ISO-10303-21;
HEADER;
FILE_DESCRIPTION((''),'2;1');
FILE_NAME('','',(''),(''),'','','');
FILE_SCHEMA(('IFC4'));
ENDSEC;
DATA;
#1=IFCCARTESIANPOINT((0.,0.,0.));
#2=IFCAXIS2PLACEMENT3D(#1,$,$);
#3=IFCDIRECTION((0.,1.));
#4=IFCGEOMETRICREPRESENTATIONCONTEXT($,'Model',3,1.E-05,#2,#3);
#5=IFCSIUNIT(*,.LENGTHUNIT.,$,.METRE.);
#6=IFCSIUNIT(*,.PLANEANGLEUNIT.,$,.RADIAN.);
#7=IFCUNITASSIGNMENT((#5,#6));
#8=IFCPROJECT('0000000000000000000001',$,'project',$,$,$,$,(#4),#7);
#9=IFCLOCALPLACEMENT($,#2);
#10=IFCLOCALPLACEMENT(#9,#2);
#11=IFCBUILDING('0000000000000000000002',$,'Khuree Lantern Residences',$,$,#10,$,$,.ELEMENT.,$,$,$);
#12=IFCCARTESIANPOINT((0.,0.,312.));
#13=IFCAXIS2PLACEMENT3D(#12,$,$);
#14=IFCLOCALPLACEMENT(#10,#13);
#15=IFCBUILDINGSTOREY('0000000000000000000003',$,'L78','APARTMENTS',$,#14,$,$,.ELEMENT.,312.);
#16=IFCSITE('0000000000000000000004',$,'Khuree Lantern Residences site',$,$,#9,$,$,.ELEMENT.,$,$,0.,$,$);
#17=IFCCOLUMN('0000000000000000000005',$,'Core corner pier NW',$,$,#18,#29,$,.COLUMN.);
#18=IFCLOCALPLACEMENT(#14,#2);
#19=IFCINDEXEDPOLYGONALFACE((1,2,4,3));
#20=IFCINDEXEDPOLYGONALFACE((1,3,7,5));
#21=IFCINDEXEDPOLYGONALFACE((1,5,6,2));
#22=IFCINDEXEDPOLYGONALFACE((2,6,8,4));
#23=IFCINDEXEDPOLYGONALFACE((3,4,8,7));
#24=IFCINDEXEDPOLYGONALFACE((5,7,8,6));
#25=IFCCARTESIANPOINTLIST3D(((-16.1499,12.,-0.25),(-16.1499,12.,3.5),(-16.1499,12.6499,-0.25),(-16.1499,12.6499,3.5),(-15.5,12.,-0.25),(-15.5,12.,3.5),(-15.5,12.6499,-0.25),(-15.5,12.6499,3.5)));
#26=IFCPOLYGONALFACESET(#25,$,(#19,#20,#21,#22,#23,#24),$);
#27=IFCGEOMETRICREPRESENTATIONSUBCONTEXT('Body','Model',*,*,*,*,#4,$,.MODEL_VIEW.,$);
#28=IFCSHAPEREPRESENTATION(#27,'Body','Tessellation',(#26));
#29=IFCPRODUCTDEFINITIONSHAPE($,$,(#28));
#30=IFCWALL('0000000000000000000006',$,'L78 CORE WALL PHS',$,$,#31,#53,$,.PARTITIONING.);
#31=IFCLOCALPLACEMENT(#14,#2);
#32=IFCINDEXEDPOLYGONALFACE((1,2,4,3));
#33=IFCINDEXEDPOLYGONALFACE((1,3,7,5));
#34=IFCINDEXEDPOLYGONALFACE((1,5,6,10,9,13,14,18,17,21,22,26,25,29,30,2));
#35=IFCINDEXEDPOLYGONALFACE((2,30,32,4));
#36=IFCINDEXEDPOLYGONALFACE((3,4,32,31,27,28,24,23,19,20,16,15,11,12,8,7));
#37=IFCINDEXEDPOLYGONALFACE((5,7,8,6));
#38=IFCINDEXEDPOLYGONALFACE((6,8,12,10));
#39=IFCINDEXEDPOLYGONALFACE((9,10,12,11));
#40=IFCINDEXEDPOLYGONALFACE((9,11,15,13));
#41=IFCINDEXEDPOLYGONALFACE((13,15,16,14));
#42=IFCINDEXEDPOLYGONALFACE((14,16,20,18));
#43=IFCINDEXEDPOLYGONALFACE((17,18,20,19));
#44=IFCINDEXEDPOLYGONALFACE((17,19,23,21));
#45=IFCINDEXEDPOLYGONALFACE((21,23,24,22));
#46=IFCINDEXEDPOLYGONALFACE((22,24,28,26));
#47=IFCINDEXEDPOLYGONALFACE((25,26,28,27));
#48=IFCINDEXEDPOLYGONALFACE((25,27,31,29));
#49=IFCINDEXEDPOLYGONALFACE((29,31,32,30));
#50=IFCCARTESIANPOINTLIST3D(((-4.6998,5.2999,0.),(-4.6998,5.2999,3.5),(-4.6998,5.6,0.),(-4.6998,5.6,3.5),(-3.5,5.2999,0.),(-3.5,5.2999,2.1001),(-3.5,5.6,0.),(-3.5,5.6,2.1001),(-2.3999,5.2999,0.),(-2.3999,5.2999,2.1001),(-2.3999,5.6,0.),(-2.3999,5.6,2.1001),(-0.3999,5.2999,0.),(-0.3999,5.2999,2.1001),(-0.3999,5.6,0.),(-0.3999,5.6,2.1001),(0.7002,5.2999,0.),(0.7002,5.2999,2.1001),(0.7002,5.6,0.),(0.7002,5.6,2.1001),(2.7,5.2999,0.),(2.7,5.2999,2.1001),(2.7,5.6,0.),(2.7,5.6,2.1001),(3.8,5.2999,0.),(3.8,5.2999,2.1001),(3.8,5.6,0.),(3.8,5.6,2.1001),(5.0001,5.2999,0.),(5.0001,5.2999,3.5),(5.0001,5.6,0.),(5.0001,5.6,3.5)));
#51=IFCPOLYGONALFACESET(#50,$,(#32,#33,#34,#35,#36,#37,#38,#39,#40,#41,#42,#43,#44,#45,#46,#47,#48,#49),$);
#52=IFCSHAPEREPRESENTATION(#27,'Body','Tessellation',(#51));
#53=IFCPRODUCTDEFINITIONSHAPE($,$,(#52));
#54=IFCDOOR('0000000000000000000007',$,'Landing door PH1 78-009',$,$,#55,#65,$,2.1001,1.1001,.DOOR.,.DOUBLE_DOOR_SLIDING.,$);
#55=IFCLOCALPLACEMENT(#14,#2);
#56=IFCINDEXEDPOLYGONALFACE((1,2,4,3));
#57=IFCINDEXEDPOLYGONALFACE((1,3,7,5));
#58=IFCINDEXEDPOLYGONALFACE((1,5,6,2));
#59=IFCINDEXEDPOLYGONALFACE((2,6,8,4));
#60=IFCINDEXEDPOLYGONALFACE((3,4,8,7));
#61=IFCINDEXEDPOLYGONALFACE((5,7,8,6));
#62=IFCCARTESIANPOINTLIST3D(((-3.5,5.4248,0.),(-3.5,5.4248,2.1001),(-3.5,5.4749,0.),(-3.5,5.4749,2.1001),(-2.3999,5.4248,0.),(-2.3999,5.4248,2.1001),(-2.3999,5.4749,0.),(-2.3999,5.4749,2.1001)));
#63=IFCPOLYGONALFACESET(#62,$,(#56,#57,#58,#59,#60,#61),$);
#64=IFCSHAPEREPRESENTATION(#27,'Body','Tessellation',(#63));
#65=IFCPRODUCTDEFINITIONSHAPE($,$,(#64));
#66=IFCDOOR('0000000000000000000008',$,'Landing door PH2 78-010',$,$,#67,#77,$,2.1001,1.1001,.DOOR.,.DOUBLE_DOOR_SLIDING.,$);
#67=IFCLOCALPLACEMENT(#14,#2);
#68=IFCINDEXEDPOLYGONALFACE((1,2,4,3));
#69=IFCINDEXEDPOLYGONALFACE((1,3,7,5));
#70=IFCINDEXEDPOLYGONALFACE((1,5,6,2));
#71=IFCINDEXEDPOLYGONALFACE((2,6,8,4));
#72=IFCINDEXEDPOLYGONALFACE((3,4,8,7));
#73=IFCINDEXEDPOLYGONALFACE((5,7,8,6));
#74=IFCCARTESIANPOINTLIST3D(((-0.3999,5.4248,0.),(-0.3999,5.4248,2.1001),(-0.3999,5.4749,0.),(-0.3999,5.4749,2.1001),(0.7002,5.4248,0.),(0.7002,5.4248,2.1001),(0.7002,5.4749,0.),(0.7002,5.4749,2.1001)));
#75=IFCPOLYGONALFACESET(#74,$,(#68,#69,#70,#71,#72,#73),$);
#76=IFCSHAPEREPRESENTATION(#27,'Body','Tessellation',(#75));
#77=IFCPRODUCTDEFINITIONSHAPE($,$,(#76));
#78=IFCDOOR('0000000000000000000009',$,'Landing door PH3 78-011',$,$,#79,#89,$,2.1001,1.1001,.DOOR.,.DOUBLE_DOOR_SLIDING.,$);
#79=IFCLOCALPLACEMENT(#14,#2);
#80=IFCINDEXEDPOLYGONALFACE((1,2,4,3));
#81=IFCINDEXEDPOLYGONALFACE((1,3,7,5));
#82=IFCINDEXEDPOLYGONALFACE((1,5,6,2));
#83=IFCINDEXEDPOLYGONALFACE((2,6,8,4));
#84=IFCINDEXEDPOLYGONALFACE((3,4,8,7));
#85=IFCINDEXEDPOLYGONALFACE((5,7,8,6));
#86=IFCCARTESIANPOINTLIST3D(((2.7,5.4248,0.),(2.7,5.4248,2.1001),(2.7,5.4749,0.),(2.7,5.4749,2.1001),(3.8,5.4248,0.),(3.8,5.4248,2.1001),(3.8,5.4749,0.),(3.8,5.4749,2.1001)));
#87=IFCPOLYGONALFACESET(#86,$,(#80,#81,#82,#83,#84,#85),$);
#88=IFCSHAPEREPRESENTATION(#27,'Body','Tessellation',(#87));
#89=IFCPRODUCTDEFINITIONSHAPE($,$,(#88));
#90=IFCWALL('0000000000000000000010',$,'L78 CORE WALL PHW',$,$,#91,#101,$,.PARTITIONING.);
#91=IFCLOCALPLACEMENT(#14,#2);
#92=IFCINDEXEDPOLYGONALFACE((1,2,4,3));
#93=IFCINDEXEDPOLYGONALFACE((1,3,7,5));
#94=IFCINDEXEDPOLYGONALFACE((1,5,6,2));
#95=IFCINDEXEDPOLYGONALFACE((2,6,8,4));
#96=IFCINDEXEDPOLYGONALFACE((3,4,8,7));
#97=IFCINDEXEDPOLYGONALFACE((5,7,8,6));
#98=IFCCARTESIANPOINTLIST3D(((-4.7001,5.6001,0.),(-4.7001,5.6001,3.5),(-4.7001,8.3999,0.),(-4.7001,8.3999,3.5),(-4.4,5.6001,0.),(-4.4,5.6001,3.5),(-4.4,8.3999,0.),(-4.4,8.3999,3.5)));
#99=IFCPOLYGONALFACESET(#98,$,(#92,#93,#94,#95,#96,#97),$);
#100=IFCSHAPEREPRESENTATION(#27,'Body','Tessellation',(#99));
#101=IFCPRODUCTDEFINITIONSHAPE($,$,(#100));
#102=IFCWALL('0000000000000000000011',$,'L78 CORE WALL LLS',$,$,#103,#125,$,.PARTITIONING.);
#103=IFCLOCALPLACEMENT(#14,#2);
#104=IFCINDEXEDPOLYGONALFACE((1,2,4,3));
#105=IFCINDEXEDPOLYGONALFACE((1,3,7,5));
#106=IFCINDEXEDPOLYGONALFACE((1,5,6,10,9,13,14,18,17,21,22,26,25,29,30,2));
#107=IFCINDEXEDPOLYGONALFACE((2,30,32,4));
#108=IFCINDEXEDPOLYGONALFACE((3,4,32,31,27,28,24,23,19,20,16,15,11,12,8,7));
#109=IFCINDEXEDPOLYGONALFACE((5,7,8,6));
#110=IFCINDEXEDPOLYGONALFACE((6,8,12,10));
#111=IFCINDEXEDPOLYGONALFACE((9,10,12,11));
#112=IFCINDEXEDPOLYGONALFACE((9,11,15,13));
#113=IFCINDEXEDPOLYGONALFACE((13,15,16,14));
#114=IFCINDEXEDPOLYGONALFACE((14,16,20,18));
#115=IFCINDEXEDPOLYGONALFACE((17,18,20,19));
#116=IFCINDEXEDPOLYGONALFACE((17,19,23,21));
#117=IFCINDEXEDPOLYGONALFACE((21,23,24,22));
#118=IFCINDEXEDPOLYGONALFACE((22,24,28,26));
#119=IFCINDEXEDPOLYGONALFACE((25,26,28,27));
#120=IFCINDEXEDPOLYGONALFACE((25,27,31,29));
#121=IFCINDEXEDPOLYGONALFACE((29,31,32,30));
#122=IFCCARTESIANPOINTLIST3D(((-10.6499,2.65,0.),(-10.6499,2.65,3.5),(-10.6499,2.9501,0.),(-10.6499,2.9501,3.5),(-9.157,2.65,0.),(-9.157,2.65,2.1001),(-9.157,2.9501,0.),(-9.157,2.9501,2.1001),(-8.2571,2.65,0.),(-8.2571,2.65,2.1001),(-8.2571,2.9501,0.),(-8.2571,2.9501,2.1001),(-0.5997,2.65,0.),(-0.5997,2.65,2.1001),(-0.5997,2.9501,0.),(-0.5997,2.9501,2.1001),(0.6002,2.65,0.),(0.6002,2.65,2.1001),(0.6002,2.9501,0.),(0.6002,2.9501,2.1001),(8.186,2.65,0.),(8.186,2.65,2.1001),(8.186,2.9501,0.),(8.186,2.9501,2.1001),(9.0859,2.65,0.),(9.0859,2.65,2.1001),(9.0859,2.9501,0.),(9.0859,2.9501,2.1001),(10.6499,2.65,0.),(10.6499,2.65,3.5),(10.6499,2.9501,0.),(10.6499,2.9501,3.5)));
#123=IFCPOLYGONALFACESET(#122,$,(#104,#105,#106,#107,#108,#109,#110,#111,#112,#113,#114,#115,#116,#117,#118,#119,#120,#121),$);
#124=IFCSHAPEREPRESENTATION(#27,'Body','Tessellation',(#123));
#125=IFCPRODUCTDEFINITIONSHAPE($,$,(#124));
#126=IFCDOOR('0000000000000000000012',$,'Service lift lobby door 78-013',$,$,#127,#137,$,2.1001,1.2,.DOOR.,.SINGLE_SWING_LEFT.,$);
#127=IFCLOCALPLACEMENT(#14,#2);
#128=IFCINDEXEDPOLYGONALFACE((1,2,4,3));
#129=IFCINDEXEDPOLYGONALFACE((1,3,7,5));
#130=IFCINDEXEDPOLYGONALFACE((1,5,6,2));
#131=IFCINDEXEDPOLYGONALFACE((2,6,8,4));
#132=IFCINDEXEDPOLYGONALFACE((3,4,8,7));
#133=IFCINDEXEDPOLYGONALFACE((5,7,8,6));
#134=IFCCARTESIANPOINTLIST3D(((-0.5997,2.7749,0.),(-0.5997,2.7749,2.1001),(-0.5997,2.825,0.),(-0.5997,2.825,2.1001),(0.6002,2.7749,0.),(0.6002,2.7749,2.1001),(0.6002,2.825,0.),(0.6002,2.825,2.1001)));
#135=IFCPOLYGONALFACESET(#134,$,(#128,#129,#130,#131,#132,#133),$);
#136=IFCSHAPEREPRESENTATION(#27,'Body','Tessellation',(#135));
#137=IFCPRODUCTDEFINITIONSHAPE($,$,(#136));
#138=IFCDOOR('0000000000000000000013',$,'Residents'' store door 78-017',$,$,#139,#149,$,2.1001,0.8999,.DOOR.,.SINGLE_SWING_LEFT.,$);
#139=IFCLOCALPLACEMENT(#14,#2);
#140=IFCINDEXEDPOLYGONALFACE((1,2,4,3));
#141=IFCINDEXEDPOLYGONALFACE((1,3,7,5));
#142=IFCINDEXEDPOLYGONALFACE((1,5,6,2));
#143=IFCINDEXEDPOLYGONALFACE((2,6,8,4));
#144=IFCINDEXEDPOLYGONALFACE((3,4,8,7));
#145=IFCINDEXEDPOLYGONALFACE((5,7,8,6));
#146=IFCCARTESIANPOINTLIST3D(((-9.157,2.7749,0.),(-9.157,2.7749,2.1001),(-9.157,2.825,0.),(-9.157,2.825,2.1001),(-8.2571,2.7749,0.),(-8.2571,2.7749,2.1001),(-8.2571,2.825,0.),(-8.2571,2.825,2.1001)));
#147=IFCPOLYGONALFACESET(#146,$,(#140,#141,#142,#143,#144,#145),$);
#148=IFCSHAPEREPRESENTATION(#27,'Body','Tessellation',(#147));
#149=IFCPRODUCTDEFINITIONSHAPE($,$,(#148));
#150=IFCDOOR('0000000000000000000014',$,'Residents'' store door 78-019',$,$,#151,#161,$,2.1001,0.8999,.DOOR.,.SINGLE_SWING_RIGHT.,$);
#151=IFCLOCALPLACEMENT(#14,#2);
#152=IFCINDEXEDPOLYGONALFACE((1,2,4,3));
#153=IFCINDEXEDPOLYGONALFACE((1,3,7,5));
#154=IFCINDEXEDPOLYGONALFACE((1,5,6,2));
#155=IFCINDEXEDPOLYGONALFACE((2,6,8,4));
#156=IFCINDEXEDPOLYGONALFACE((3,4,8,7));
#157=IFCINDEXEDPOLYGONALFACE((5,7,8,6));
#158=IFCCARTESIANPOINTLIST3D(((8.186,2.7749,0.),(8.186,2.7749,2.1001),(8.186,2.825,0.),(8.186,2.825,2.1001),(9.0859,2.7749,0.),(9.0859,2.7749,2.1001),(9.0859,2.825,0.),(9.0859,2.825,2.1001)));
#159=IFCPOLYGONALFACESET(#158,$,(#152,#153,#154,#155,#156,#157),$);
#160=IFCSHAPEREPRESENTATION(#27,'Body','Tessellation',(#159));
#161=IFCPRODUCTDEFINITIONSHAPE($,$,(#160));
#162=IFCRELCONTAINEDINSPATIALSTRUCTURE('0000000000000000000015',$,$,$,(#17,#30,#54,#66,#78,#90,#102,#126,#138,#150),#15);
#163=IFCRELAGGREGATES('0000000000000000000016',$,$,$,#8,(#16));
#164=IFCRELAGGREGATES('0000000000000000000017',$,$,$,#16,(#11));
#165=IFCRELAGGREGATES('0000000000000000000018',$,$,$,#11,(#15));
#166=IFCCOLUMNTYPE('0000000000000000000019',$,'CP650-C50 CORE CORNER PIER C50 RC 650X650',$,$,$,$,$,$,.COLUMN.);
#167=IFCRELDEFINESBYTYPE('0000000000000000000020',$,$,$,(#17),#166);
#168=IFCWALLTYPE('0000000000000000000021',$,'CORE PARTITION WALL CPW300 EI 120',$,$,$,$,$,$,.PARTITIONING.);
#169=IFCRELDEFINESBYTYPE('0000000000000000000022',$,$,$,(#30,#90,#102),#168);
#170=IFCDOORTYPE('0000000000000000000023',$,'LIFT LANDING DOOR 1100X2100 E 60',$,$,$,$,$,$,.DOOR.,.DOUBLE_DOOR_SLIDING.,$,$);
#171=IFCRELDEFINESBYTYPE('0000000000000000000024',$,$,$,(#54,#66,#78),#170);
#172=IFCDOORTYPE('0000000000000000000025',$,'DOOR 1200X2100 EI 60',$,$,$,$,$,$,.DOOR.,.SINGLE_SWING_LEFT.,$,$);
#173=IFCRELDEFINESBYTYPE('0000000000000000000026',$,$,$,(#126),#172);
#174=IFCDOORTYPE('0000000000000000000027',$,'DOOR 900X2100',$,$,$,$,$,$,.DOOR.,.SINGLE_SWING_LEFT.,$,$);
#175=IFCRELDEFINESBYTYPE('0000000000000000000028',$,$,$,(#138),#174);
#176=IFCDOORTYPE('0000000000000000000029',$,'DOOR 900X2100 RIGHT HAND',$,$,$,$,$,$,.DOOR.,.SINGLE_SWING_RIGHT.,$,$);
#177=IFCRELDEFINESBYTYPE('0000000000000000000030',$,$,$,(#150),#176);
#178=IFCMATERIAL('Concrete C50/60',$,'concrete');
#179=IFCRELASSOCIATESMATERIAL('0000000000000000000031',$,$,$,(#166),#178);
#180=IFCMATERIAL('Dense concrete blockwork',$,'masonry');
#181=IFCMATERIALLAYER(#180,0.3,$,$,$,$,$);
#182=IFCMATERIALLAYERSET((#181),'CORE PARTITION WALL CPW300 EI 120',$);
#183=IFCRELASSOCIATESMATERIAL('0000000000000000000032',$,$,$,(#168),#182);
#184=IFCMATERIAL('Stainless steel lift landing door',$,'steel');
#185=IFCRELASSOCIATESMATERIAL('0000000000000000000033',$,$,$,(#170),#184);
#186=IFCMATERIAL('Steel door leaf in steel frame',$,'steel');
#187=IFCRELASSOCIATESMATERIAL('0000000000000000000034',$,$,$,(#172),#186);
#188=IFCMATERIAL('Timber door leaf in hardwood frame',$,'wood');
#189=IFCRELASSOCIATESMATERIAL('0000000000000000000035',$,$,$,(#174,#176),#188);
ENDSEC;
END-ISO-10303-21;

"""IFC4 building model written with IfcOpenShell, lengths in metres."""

from ifc_helpers import new_model, si_unit, direction, frame, frame_2d, origin, origin_2d, place, context, subcontext, project, spatial, rectangle, extrude, material, layer, layer_set, material_profile, profile_set, type_object, element, fill, save


model = new_model("IFC4")

# Units and contexts
model_context = context("Model", 3, precision=1e-05, world=origin(), true_north=direction((0.0, 1.0)))
body_context = subcontext(model_context, "Body", "Model", "MODEL_VIEW")
ifc_project = project(units=[si_unit("LENGTHUNIT", "METRE"), si_unit("PLANEANGLEUNIT", "RADIAN")], contexts=[model_context])

# Site, building, storey
site_placement = place(None, origin())
site = spatial("IfcSite", under=ifc_project, at=site_placement, Name="Khuree Lantern Residences site", CompositionType="ELEMENT", RefElevation=0.0)
building_placement = place(site_placement, origin())
building = spatial("IfcBuilding", under=site, at=building_placement, Name="Khuree Lantern Residences", CompositionType="ELEMENT")
storey_placement = place(building_placement, frame((0.0, 0.0, 312.0)))
storey = spatial("IfcBuildingStorey", under=building, at=storey_placement, Name="L78", Description="APARTMENTS", CompositionType="ELEMENT", Elevation=312.0)

# Column
ifc_material_1 = material(Name="Concrete C50/60", Category="concrete")
ifc_material_profile = material_profile(ifc_material_1, rectangle(XDim=0.6499, YDim=0.6499, at=origin_2d()), Name="RC 650X650")
ifc_profile_set = profile_set([ifc_material_profile], Name="Concrete C50/60")
column_type = type_object("IfcColumnType", Name="CP650-C50 CORE CORNER PIER C50 RC 650X650", PredefinedType="COLUMN", material=ifc_profile_set)
column_placement = place(storey_placement, frame((-15.825, 12.325, -0.25), z_axis=(0.0, 0.0, 1.0), x_axis=(1.0, 0.0, 0.0)))
element("IfcColumn", 1, at=column_placement, inside=storey, type_object=column_type, Name="Core corner pier NW", PredefinedType="COLUMN", context=body_context, shape_type="SweptSolid", body=[
    extrude(rectangle(XDim=0.6499, YDim=0.6499, at=origin_2d()), origin(), (0.0, 0.0, 1.0), 3.75),
])

# Wall, openings, doors
ifc_material_2 = material(Name="Dense concrete blockwork", Category="masonry")
ifc_layer_1 = layer(ifc_material_2, 0.3)
ifc_layer_set_1 = layer_set([ifc_layer_1], Name="CORE PARTITION WALL CPW300 EI 120")
wall_type_1 = type_object("IfcWallType", Name="CORE PARTITION WALL CPW300 EI 120", PredefinedType="PARTITIONING", material=ifc_layer_set_1)
wall_1_placement = place(storey_placement, frame((-4.7, 5.45, 0.0), z_axis=(0.0, 0.0, 1.0), x_axis=(1.0, 0.0, 0.0)))
wall_1 = element("IfcWall", 2, at=wall_1_placement, inside=storey, type_object=wall_type_1, Name="L78 CORE WALL PHS", PredefinedType="PARTITIONING", context=body_context, shape_type="SweptSolid", body=[
    extrude(rectangle(XDim=9.7, YDim=0.3, at=frame_2d((4.8501, 0.0))), origin(), (0.0, 0.0, 1.0), 3.5),
])
opening_1_placement = place(wall_1_placement, frame((1.2, 0.0, 0.0)))
opening_1 = element("IfcOpeningElement", 3, at=opening_1_placement, cuts=wall_1, PredefinedType="OPENING", context=body_context, shape_type="SweptSolid", body=[
    extrude(rectangle(XDim=1.1001, YDim=2.1001, at=frame_2d((0.55, 1.05))), frame((0.0, 0.1602, 0.0), z_axis=(0.0, -1.0, 0.0), x_axis=(1.0, 0.0, 0.0)), (0.0, 0.0, 1.0), 0.3201),
])
opening_2_placement = place(wall_1_placement, frame((4.3, 0.0, 0.0)))
opening_2 = element("IfcOpeningElement", 4, at=opening_2_placement, cuts=wall_1, PredefinedType="OPENING", context=body_context, shape_type="SweptSolid", body=[
    extrude(rectangle(XDim=1.1001, YDim=2.1001, at=frame_2d((0.55, 1.05))), frame((0.0, 0.1602, 0.0), z_axis=(0.0, -1.0, 0.0), x_axis=(1.0, 0.0, 0.0)), (0.0, 0.0, 1.0), 0.3201),
])
opening_3_placement = place(wall_1_placement, frame((7.3999, 0.0, 0.0)))
opening_3 = element("IfcOpeningElement", 5, at=opening_3_placement, cuts=wall_1, PredefinedType="OPENING", context=body_context, shape_type="SweptSolid", body=[
    extrude(rectangle(XDim=1.1001, YDim=2.1001, at=frame_2d((0.55, 1.05))), frame((0.0, 0.1602, 0.0), z_axis=(0.0, -1.0, 0.0), x_axis=(1.0, 0.0, 0.0)), (0.0, 0.0, 1.0), 0.3201),
])
ifc_material_3 = material(Name="Stainless steel lift landing door", Category="steel")
door_type_1 = type_object("IfcDoorType", Name="LIFT LANDING DOOR 1100X2100 E 60", OperationType="DOUBLE_DOOR_SLIDING", PredefinedType="DOOR", material=ifc_material_3)
door_1_placement = place(opening_1_placement, origin())
door_1 = element("IfcDoor", 6, at=door_1_placement, inside=storey, type_object=door_type_1, Name="Landing door PH1 78-009", OperationType="DOUBLE_DOOR_SLIDING", OverallHeight=2.1001, OverallWidth=1.1001, PredefinedType="DOOR", context=body_context, shape_type="SweptSolid", body=[
    extrude(rectangle(XDim=1.1001, YDim=2.1001, at=frame_2d((0.55, 1.05))), frame((0.0, 0.0249, 0.0), z_axis=(0.0, -1.0, 0.0), x_axis=(1.0, 0.0, 0.0)), (0.0, 0.0, 1.0), 0.05),
])
fill(opening_1, door_1)
door_2_placement = place(opening_2_placement, origin())
door_2 = element("IfcDoor", 7, at=door_2_placement, inside=storey, type_object=door_type_1, Name="Landing door PH2 78-010", OperationType="DOUBLE_DOOR_SLIDING", OverallHeight=2.1001, OverallWidth=1.1001, PredefinedType="DOOR", context=body_context, shape_type="SweptSolid", body=[
    extrude(rectangle(XDim=1.1001, YDim=2.1001, at=frame_2d((0.55, 1.05))), frame((0.0, 0.0249, 0.0), z_axis=(0.0, -1.0, 0.0), x_axis=(1.0, 0.0, 0.0)), (0.0, 0.0, 1.0), 0.05),
])
fill(opening_2, door_2)
door_3_placement = place(opening_3_placement, origin())
door_3 = element("IfcDoor", 8, at=door_3_placement, inside=storey, type_object=door_type_1, Name="Landing door PH3 78-011", OperationType="DOUBLE_DOOR_SLIDING", OverallHeight=2.1001, OverallWidth=1.1001, PredefinedType="DOOR", context=body_context, shape_type="SweptSolid", body=[
    extrude(rectangle(XDim=1.1001, YDim=2.1001, at=frame_2d((0.55, 1.05))), frame((0.0, 0.0249, 0.0), z_axis=(0.0, -1.0, 0.0), x_axis=(1.0, 0.0, 0.0)), (0.0, 0.0, 1.0), 0.05),
])
fill(opening_3, door_3)

# Wall
wall_2_placement = place(storey_placement, frame((-4.55, 5.6001, 0.0), z_axis=(0.0, 0.0, 1.0), x_axis=(0.0, 1.0, 0.0)))
element("IfcWall", 9, at=wall_2_placement, inside=storey, type_object=wall_type_1, Name="L78 CORE WALL PHW", PredefinedType="PARTITIONING", context=body_context, shape_type="SweptSolid", body=[
    extrude(rectangle(XDim=2.7998, YDim=0.3, at=frame_2d((1.3999, 0.0))), origin(), (0.0, 0.0, 1.0), 3.5),
])

# Wall, openings, doors
wall_3_placement = place(storey_placement, frame((-10.6499, 2.8, 0.0), z_axis=(0.0, 0.0, 1.0), x_axis=(1.0, 0.0, 0.0)))
wall_3 = element("IfcWall", 10, at=wall_3_placement, inside=storey, type_object=wall_type_1, Name="L78 CORE WALL LLS", PredefinedType="PARTITIONING", context=body_context, shape_type="SweptSolid", body=[
    extrude(rectangle(XDim=21.2998, YDim=0.3, at=frame_2d((10.6499, 0.0))), origin(), (0.0, 0.0, 1.0), 3.5),
])
opening_4_placement = place(wall_3_placement, frame((10.05, 0.0, 0.0)))
opening_4 = element("IfcOpeningElement", 11, at=opening_4_placement, cuts=wall_3, PredefinedType="OPENING", context=body_context, shape_type="SweptSolid", body=[
    extrude(rectangle(XDim=1.2, YDim=2.1001, at=frame_2d((0.6001, 1.05))), frame((0.0, 0.1602, 0.0), z_axis=(0.0, -1.0, 0.0), x_axis=(1.0, 0.0, 0.0)), (0.0, 0.0, 1.0), 0.3201),
])
opening_5_placement = place(wall_3_placement, frame((1.4929, 0.0, 0.0)))
opening_5 = element("IfcOpeningElement", 12, at=opening_5_placement, cuts=wall_3, PredefinedType="OPENING", context=body_context, shape_type="SweptSolid", body=[
    extrude(rectangle(XDim=0.8999, YDim=2.1001, at=frame_2d((0.45, 1.05))), frame((0.0, 0.1602, 0.0), z_axis=(0.0, -1.0, 0.0), x_axis=(1.0, 0.0, 0.0)), (0.0, 0.0, 1.0), 0.3201),
])
opening_6_placement = place(wall_3_placement, frame((18.8359, 0.0, 0.0)))
opening_6 = element("IfcOpeningElement", 13, at=opening_6_placement, cuts=wall_3, PredefinedType="OPENING", context=body_context, shape_type="SweptSolid", body=[
    extrude(rectangle(XDim=0.8999, YDim=2.1001, at=frame_2d((0.45, 1.05))), frame((0.0, 0.1602, 0.0), z_axis=(0.0, -1.0, 0.0), x_axis=(1.0, 0.0, 0.0)), (0.0, 0.0, 1.0), 0.3201),
])
ifc_material_4 = material(Name="Steel door leaf in steel frame", Category="steel")
door_type_2 = type_object("IfcDoorType", Name="DOOR 1200X2100 EI 60", OperationType="SINGLE_SWING_LEFT", PredefinedType="DOOR", material=ifc_material_4)
door_4_placement = place(opening_4_placement, origin())
door_4 = element("IfcDoor", 14, at=door_4_placement, inside=storey, type_object=door_type_2, Name="Service lift lobby door 78-013", OperationType="SINGLE_SWING_LEFT", OverallHeight=2.1001, OverallWidth=1.2, PredefinedType="DOOR", context=body_context, shape_type="SweptSolid", body=[
    extrude(rectangle(XDim=1.2, YDim=2.1001, at=frame_2d((0.6001, 1.05))), frame((0.0, 0.0249, 0.0), z_axis=(0.0, -1.0, 0.0), x_axis=(1.0, 0.0, 0.0)), (0.0, 0.0, 1.0), 0.05),
])
fill(opening_4, door_4)
ifc_material_5 = material(Name="Timber door leaf in hardwood frame", Category="wood")
door_type_3 = type_object("IfcDoorType", Name="DOOR 900X2100", OperationType="SINGLE_SWING_LEFT", PredefinedType="DOOR", material=ifc_material_5)
door_5_placement = place(opening_5_placement, origin())
door_5 = element("IfcDoor", 15, at=door_5_placement, inside=storey, type_object=door_type_3, Name="Residents' store door 78-017", OperationType="SINGLE_SWING_LEFT", OverallHeight=2.1001, OverallWidth=0.8999, PredefinedType="DOOR", context=body_context, shape_type="SweptSolid", body=[
    extrude(rectangle(XDim=0.8999, YDim=2.1001, at=frame_2d((0.45, 1.05))), frame((0.0, 0.0249, 0.0), z_axis=(0.0, -1.0, 0.0), x_axis=(1.0, 0.0, 0.0)), (0.0, 0.0, 1.0), 0.05),
])
fill(opening_5, door_5)
door_type_4 = type_object("IfcDoorType", Name="DOOR 900X2100 RIGHT HAND", OperationType="SINGLE_SWING_RIGHT", PredefinedType="DOOR", material=ifc_material_5)
door_6_placement = place(opening_6_placement, origin())
door_6 = element("IfcDoor", 16, at=door_6_placement, inside=storey, type_object=door_type_4, Name="Residents' store door 78-019", OperationType="SINGLE_SWING_RIGHT", OverallHeight=2.1001, OverallWidth=0.8999, PredefinedType="DOOR", context=body_context, shape_type="SweptSolid", body=[
    extrude(rectangle(XDim=0.8999, YDim=2.1001, at=frame_2d((0.45, 1.05))), frame((0.0, 0.0249, 0.0), z_axis=(0.0, -1.0, 0.0), x_axis=(1.0, 0.0, 0.0)), (0.0, 0.0, 1.0), 0.05),
])
fill(opening_6, door_6)

save(model, "model.ifc")
